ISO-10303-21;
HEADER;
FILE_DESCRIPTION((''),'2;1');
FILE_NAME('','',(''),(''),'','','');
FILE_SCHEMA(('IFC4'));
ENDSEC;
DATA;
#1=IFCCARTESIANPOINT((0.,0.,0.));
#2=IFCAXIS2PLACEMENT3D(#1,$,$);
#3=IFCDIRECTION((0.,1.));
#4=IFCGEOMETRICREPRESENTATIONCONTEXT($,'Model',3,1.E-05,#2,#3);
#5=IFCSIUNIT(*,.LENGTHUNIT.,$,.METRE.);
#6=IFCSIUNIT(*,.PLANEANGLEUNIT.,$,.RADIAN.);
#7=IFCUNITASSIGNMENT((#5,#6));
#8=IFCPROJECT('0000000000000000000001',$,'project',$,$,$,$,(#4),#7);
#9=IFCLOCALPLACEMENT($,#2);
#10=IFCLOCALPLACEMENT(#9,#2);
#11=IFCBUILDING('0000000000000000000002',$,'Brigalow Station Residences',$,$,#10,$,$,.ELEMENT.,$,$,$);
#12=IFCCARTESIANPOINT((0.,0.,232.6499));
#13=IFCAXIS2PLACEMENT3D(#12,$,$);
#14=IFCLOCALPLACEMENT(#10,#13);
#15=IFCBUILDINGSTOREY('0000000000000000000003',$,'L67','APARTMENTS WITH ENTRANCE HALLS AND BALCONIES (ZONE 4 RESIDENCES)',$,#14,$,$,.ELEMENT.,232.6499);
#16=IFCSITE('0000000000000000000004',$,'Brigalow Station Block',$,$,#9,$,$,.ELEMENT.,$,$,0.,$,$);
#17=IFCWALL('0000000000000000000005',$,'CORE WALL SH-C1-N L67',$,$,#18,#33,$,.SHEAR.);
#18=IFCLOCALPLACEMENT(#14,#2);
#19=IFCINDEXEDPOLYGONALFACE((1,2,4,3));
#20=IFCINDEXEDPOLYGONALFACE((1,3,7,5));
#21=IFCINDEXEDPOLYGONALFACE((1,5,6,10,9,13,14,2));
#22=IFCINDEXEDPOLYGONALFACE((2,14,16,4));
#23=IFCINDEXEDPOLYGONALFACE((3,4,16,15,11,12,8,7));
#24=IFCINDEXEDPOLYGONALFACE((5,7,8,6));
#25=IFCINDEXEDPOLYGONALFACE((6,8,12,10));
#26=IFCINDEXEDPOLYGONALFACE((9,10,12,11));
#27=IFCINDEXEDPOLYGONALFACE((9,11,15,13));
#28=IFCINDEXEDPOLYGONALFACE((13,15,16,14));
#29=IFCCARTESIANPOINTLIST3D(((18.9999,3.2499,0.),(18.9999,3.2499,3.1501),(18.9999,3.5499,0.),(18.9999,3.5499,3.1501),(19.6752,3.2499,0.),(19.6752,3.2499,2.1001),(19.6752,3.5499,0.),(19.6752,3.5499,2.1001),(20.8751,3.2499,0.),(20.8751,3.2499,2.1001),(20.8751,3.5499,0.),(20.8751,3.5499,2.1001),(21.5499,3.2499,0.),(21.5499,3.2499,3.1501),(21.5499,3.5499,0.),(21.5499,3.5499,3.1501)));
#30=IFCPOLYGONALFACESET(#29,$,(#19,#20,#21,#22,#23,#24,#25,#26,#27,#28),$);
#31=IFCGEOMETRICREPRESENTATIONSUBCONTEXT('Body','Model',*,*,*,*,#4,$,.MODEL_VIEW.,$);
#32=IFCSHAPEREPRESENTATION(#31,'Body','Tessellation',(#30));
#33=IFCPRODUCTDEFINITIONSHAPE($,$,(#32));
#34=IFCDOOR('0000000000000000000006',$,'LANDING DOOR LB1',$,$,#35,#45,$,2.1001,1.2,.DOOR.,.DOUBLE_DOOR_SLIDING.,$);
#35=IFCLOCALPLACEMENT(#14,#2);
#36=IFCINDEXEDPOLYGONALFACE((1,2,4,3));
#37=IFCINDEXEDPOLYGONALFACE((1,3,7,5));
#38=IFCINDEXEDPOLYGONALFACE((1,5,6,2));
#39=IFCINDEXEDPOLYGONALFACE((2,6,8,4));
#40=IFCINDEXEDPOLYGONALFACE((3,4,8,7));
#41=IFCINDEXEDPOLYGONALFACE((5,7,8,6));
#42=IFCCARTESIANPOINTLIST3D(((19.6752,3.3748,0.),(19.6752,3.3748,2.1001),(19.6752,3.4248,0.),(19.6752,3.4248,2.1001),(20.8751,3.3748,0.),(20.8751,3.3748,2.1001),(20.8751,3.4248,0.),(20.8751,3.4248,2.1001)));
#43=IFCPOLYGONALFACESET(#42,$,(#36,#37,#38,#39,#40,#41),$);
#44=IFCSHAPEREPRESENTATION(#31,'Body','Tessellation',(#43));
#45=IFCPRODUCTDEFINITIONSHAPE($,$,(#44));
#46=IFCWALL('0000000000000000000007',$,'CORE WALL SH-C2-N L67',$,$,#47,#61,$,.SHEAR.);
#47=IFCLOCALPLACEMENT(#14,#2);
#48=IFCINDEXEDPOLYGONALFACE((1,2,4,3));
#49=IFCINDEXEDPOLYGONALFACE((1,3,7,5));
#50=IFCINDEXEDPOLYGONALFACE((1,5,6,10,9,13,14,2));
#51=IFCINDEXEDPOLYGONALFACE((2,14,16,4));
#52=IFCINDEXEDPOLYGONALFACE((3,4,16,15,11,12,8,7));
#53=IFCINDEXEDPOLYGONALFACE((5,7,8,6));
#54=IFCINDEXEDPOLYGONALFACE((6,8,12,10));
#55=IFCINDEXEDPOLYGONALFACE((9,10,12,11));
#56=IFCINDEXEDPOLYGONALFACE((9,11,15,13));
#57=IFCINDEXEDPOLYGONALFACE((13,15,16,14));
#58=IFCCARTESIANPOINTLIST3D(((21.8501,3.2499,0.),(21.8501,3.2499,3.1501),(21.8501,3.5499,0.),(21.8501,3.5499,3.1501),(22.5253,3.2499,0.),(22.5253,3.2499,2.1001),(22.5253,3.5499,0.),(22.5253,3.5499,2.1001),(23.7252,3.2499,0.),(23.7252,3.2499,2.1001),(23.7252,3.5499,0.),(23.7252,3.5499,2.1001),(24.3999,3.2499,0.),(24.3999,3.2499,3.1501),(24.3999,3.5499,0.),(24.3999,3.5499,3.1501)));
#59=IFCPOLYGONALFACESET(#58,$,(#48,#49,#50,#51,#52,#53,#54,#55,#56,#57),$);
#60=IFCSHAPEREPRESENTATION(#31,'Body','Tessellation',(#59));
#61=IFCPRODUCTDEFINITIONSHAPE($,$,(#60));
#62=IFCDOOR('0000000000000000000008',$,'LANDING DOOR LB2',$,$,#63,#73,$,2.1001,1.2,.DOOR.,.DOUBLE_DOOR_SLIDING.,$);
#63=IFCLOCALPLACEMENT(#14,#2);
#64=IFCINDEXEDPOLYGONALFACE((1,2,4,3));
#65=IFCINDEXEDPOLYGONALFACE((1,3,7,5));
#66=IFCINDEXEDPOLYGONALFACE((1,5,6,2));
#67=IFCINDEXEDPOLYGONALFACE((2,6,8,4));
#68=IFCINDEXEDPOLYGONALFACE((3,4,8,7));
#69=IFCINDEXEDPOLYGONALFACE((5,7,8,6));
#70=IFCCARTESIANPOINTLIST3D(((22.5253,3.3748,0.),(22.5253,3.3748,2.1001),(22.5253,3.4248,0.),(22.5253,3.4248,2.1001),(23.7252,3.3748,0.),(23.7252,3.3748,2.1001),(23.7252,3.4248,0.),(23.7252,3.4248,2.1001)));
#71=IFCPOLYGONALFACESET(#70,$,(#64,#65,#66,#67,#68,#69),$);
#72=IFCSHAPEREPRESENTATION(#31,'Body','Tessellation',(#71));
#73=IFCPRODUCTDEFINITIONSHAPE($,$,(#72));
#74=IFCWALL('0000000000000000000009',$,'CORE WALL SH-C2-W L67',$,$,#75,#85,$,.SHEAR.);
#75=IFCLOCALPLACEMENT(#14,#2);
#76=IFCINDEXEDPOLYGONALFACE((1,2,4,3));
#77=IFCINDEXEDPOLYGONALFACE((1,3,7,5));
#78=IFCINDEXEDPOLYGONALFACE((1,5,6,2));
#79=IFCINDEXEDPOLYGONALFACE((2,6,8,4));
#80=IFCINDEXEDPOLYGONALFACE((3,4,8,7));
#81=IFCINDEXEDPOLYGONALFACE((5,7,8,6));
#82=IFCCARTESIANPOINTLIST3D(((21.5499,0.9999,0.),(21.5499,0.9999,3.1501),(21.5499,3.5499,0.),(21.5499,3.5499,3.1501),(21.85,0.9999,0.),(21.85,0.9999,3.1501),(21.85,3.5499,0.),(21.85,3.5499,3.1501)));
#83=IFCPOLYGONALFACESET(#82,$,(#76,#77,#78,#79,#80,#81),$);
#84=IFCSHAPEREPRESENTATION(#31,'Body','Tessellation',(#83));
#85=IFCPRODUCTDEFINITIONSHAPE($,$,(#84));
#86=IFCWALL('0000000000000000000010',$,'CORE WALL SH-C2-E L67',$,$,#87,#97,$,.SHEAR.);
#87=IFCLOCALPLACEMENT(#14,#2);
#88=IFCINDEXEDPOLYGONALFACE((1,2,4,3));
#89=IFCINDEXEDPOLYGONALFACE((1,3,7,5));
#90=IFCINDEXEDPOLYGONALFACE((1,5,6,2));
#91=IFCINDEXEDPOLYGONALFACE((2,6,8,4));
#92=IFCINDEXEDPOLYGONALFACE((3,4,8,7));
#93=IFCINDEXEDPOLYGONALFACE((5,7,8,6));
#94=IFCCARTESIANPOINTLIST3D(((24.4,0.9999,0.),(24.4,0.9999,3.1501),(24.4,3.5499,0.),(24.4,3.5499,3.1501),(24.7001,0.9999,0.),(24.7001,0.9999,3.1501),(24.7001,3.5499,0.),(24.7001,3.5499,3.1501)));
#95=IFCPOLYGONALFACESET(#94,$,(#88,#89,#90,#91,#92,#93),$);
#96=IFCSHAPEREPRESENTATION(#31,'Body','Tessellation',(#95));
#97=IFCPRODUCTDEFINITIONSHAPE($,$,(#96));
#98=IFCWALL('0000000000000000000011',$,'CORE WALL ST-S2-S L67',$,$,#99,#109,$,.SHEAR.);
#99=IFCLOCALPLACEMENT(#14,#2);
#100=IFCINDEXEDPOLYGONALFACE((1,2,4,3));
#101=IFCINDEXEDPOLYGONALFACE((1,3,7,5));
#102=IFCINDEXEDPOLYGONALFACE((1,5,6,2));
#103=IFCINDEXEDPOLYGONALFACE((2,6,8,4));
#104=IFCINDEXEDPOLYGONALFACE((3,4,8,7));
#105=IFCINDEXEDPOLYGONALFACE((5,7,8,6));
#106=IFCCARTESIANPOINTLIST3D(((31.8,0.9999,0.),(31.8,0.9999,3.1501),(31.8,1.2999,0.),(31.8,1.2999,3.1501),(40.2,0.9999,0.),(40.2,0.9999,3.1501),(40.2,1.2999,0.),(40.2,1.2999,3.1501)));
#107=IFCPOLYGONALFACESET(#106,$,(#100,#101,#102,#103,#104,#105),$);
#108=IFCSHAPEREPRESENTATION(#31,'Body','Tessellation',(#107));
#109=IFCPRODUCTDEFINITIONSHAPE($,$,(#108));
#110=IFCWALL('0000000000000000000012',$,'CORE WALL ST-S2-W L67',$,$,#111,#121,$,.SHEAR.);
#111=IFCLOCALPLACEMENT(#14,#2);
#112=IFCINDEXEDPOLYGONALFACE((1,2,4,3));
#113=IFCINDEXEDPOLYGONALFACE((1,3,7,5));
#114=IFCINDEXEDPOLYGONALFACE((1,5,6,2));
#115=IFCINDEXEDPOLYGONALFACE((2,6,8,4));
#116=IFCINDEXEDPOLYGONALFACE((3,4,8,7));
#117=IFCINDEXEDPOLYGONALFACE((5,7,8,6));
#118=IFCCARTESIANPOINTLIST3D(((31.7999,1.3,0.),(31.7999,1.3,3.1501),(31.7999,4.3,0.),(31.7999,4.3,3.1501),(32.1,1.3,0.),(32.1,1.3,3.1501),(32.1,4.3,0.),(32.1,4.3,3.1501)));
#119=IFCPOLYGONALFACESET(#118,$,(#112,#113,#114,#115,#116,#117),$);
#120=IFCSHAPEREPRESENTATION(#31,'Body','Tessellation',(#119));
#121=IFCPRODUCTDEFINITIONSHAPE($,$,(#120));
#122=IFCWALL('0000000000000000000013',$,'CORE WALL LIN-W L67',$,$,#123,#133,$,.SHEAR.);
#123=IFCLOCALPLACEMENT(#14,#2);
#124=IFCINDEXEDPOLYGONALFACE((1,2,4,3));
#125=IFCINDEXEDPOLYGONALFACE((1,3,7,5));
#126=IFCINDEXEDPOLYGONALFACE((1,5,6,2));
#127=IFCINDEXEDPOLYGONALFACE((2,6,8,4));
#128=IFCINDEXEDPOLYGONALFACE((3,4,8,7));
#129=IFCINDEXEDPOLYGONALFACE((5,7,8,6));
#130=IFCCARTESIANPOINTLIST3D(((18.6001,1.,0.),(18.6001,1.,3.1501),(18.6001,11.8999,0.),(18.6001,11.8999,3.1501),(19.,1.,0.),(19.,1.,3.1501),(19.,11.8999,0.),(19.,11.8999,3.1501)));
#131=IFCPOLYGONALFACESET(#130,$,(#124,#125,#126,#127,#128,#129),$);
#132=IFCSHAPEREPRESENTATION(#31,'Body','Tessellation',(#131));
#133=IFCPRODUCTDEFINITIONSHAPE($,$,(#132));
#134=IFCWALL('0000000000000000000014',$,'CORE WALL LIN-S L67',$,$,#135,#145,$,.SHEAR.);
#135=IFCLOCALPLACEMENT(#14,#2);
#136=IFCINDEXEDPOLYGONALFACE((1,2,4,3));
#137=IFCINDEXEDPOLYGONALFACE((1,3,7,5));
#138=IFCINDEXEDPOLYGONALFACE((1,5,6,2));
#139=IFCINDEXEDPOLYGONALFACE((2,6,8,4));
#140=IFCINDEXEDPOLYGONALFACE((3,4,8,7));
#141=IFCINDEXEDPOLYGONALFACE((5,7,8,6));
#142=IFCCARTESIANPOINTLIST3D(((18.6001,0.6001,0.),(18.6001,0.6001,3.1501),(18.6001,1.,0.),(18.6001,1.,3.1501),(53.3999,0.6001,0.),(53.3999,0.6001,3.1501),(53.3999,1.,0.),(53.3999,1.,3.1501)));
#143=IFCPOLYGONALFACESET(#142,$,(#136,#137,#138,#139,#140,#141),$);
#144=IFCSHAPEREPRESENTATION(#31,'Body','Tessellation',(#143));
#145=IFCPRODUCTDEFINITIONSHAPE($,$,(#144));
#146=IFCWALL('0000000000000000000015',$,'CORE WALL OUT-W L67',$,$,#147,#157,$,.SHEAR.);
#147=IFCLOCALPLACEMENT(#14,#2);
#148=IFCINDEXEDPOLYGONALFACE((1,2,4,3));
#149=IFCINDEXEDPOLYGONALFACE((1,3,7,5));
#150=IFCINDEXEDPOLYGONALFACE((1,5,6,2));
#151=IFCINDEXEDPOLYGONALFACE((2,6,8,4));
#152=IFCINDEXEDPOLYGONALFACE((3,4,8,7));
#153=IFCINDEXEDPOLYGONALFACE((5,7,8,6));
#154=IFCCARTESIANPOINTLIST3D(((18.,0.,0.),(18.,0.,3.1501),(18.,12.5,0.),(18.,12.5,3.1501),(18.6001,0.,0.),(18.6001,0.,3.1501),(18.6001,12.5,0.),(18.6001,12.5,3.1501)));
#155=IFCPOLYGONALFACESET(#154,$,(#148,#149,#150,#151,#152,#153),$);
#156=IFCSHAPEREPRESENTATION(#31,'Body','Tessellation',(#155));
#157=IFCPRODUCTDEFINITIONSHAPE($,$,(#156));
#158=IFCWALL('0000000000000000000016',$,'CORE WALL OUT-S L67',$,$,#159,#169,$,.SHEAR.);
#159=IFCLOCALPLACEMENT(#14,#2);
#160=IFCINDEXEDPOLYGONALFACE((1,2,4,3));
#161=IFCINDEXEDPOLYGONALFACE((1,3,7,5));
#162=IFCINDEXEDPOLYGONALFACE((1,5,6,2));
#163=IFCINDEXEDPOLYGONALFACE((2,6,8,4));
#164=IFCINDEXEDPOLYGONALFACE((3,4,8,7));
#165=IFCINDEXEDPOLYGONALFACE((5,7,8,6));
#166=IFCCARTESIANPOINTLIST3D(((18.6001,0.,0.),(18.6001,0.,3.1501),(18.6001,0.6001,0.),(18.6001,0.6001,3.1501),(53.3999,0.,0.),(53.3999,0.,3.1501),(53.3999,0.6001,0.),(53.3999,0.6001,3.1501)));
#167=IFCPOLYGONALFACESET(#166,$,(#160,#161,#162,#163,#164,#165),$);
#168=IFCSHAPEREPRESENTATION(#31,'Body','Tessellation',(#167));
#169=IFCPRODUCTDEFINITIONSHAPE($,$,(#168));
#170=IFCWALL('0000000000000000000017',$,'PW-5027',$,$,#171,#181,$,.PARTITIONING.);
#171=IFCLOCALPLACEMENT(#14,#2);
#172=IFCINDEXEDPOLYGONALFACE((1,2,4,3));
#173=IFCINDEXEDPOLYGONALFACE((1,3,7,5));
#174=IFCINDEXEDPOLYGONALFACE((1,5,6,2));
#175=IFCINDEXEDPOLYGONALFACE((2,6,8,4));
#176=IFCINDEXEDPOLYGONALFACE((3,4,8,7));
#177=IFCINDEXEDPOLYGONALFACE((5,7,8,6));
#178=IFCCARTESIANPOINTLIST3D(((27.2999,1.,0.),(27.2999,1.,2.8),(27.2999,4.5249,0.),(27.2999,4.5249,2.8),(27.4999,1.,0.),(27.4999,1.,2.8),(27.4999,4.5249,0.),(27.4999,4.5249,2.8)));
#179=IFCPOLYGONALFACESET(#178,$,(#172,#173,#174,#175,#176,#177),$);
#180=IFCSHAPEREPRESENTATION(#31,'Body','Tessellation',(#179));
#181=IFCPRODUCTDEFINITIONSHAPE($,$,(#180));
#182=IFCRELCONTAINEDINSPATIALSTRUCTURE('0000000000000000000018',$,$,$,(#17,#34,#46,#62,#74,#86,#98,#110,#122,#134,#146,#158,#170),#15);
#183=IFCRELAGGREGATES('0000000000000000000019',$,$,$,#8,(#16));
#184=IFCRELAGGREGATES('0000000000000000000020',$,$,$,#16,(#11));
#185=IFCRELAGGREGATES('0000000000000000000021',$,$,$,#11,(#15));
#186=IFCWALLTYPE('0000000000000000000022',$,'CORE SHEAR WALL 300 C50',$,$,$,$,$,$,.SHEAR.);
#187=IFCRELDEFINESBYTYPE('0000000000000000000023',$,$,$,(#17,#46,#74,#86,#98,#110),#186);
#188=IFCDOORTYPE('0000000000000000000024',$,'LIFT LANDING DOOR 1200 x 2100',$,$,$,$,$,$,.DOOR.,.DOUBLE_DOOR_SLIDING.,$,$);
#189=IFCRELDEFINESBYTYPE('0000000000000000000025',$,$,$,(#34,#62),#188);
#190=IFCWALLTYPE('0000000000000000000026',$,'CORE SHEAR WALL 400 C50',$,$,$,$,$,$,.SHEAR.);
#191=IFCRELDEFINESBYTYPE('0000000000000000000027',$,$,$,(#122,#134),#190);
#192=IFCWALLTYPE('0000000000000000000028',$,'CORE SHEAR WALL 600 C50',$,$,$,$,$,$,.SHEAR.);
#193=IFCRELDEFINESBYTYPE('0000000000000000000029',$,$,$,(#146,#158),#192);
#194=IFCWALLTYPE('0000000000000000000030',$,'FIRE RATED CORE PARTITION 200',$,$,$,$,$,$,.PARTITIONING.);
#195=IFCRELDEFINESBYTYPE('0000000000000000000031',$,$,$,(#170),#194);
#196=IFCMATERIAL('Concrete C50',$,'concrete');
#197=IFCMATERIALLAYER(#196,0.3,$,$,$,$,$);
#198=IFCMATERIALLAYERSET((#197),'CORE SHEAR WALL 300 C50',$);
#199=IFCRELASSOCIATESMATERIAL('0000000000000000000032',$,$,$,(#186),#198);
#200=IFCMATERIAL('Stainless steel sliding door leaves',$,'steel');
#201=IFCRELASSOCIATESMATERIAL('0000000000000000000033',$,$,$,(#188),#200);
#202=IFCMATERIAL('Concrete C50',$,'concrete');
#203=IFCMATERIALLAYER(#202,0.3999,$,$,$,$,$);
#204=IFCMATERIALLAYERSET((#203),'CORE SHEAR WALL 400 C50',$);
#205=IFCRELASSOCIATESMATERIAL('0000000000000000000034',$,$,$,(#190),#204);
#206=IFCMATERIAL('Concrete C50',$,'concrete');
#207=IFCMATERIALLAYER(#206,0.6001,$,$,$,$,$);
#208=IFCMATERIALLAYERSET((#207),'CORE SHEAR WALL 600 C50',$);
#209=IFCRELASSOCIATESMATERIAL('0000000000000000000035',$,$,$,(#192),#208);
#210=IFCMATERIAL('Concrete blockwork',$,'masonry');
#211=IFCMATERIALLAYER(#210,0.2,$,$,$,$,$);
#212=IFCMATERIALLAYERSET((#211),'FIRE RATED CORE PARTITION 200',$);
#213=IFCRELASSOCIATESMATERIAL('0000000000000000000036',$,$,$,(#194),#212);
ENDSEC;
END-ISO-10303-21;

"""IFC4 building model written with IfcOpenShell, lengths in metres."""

from ifc_helpers import new_model, si_unit, direction, frame, frame_2d, origin, place, context, subcontext, project, spatial, rectangle, extrude, material, layer, layer_set, type_object, element, fill, save


model = new_model("IFC4")

# Units and contexts
model_context = context("Model", 3, precision=1e-05, world=origin(), true_north=direction((0.0, 1.0)))
body_context = subcontext(model_context, "Body", "Model", "MODEL_VIEW")
ifc_project = project(units=[si_unit("LENGTHUNIT", "METRE"), si_unit("PLANEANGLEUNIT", "RADIAN")], contexts=[model_context])

# Site, building, storey
site_placement = place(None, origin())
site = spatial("IfcSite", under=ifc_project, at=site_placement, Name="Brigalow Station Block", CompositionType="ELEMENT", RefElevation=0.0)
building_placement = place(site_placement, origin())
building = spatial("IfcBuilding", under=site, at=building_placement, Name="Brigalow Station Residences", CompositionType="ELEMENT")
storey_placement = place(building_placement, frame((0.0, 0.0, 232.6499)))
storey = spatial("IfcBuildingStorey", under=building, at=storey_placement, Name="L67", Description="APARTMENTS WITH ENTRANCE HALLS AND BALCONIES (ZONE 4 RESIDENCES)", CompositionType="ELEMENT", Elevation=232.6499)

# Walls, openings, doors
ifc_material_1 = material(Name="Concrete C50", Category="concrete")
ifc_layer_1 = layer(ifc_material_1, 0.3)
ifc_layer_set_1 = layer_set([ifc_layer_1], Name="CORE SHEAR WALL 300 C50")
wall_type_1 = type_object("IfcWallType", Name="CORE SHEAR WALL 300 C50", PredefinedType="SHEAR", material=ifc_layer_set_1)
wall_1_placement = place(storey_placement, frame((19.0, 3.3999, 0.0), z_axis=(0.0, 0.0, 1.0), x_axis=(1.0, 0.0, 0.0)))
wall_1 = element("IfcWall", 1, at=wall_1_placement, inside=storey, type_object=wall_type_1, Name="CORE WALL SH-C1-N L67", PredefinedType="SHEAR", context=body_context, shape_type="SweptSolid", body=[
    extrude(rectangle(XDim=2.55, YDim=0.3, at=frame_2d((1.2749, 0.0))), origin(), (0.0, 0.0, 1.0), 3.1501),
])
opening_1_placement = place(wall_1_placement, frame((0.675, 0.0, 0.0)))
opening_1 = element("IfcOpeningElement", 2, at=opening_1_placement, cuts=wall_1, PredefinedType="OPENING", context=body_context, shape_type="SweptSolid", body=[
    extrude(rectangle(XDim=1.2, YDim=2.1001, at=frame_2d((0.6001, 1.05))), frame((0.0, 0.1602, 0.0), z_axis=(0.0, -1.0, 0.0), x_axis=(1.0, 0.0, 0.0)), (0.0, 0.0, 1.0), 0.3201),
])
ifc_material_2 = material(Name="Stainless steel sliding door leaves", Category="steel")
door_type = type_object("IfcDoorType", Name="LIFT LANDING DOOR 1200 x 2100", OperationType="DOUBLE_DOOR_SLIDING", PredefinedType="DOOR", material=ifc_material_2)
door_1_placement = place(opening_1_placement, origin())
door_1 = element("IfcDoor", 3, at=door_1_placement, inside=storey, type_object=door_type, Name="LANDING DOOR LB1", OperationType="DOUBLE_DOOR_SLIDING", OverallHeight=2.1001, OverallWidth=1.2, PredefinedType="DOOR", context=body_context, shape_type="SweptSolid", body=[
    extrude(rectangle(XDim=1.2, YDim=2.1001, at=frame_2d((0.6001, 1.05))), frame((0.0, 0.0249, 0.0), z_axis=(0.0, -1.0, 0.0), x_axis=(1.0, 0.0, 0.0)), (0.0, 0.0, 1.0), 0.05),
])
fill(opening_1, door_1)
wall_2_placement = place(storey_placement, frame((21.8501, 3.3999, 0.0), z_axis=(0.0, 0.0, 1.0), x_axis=(1.0, 0.0, 0.0)))
wall_2 = element("IfcWall", 4, at=wall_2_placement, inside=storey, type_object=wall_type_1, Name="CORE WALL SH-C2-N L67", PredefinedType="SHEAR", context=body_context, shape_type="SweptSolid", body=[
    extrude(rectangle(XDim=2.5498, YDim=0.3, at=frame_2d((1.2749, 0.0))), origin(), (0.0, 0.0, 1.0), 3.1501),
])
opening_2_placement = place(wall_2_placement, frame((0.675, 0.0, 0.0)))
opening_2 = element("IfcOpeningElement", 5, at=opening_2_placement, cuts=wall_2, PredefinedType="OPENING", context=body_context, shape_type="SweptSolid", body=[
    extrude(rectangle(XDim=1.2, YDim=2.1001, at=frame_2d((0.6001, 1.05))), frame((0.0, 0.1602, 0.0), z_axis=(0.0, -1.0, 0.0), x_axis=(1.0, 0.0, 0.0)), (0.0, 0.0, 1.0), 0.3201),
])
door_2_placement = place(opening_2_placement, origin())
door_2 = element("IfcDoor", 6, at=door_2_placement, inside=storey, type_object=door_type, Name="LANDING DOOR LB2", OperationType="DOUBLE_DOOR_SLIDING", OverallHeight=2.1001, OverallWidth=1.2, PredefinedType="DOOR", context=body_context, shape_type="SweptSolid", body=[
    extrude(rectangle(XDim=1.2, YDim=2.1001, at=frame_2d((0.6001, 1.05))), frame((0.0, 0.0249, 0.0), z_axis=(0.0, -1.0, 0.0), x_axis=(1.0, 0.0, 0.0)), (0.0, 0.0, 1.0), 0.05),
])
fill(opening_2, door_2)

# Walls
for number, where, z_axis, x_axis, name in (
    (7, (21.7, 1.0, 0.0), (0.0, 0.0, 1.0), (0.0, 1.0, 0.0), "CORE WALL SH-C2-W L67"),
    (8, (24.55, 1.0, 0.0), (0.0, 0.0, 1.0), (0.0, 1.0, 0.0), "CORE WALL SH-C2-E L67"),
):
    element("IfcWall", number, at=place(storey_placement, frame(where, z_axis=z_axis, x_axis=x_axis)), inside=storey, type_object=wall_type_1, Name=name, PredefinedType="SHEAR", context=body_context, shape_type="SweptSolid", body=[
        extrude(rectangle(XDim=2.55, YDim=0.3, at=frame_2d((1.2749, 0.0))), origin(), (0.0, 0.0, 1.0), 3.1501),
    ])
wall_3_placement = place(storey_placement, frame((31.8, 1.1499, 0.0), z_axis=(0.0, 0.0, 1.0), x_axis=(1.0, 0.0, 0.0)))
element("IfcWall", 9, at=wall_3_placement, inside=storey, type_object=wall_type_1, Name="CORE WALL ST-S2-S L67", PredefinedType="SHEAR", context=body_context, shape_type="SweptSolid", body=[
    extrude(rectangle(XDim=8.3999, YDim=0.3, at=frame_2d((4.2, 0.0))), origin(), (0.0, 0.0, 1.0), 3.1501),
])
wall_4_placement = place(storey_placement, frame((31.95, 1.3, 0.0), z_axis=(0.0, 0.0, 1.0), x_axis=(0.0, 1.0, 0.0)))
element("IfcWall", 10, at=wall_4_placement, inside=storey, type_object=wall_type_1, Name="CORE WALL ST-S2-W L67", PredefinedType="SHEAR", context=body_context, shape_type="SweptSolid", body=[
    extrude(rectangle(XDim=3.0, YDim=0.3, at=frame_2d((1.5, 0.0))), origin(), (0.0, 0.0, 1.0), 3.1501),
])
ifc_material_3 = material(Name="Concrete C50", Category="concrete")
ifc_layer_2 = layer(ifc_material_3, 0.3999)
ifc_layer_set_2 = layer_set([ifc_layer_2], Name="CORE SHEAR WALL 400 C50")
wall_type_2 = type_object("IfcWallType", Name="CORE SHEAR WALL 400 C50", PredefinedType="SHEAR", material=ifc_layer_set_2)
wall_5_placement = place(storey_placement, frame((18.8, 1.0, 0.0), z_axis=(0.0, 0.0, 1.0), x_axis=(0.0, 1.0, 0.0)))
element("IfcWall", 11, at=wall_5_placement, inside=storey, type_object=wall_type_2, Name="CORE WALL LIN-W L67", PredefinedType="SHEAR", context=body_context, shape_type="SweptSolid", body=[
    extrude(rectangle(XDim=10.8999, YDim=0.3999, at=frame_2d((5.45, 0.0))), origin(), (0.0, 0.0, 1.0), 3.1501),
])
wall_6_placement = place(storey_placement, frame((18.6001, 0.8, 0.0), z_axis=(0.0, 0.0, 1.0), x_axis=(1.0, 0.0, 0.0)))
element("IfcWall", 12, at=wall_6_placement, inside=storey, type_object=wall_type_2, Name="CORE WALL LIN-S L67", PredefinedType="SHEAR", context=body_context, shape_type="SweptSolid", body=[
    extrude(rectangle(XDim=34.7998, YDim=0.3999, at=frame_2d((17.3999, 0.0))), origin(), (0.0, 0.0, 1.0), 3.1501),
])
ifc_material_4 = material(Name="Concrete C50", Category="concrete")
ifc_layer_3 = layer(ifc_material_4, 0.6001)
ifc_layer_set_3 = layer_set([ifc_layer_3], Name="CORE SHEAR WALL 600 C50")
wall_type_3 = type_object("IfcWallType", Name="CORE SHEAR WALL 600 C50", PredefinedType="SHEAR", material=ifc_layer_set_3)
wall_7_placement = place(storey_placement, frame((18.3, 0.0, 0.0), z_axis=(0.0, 0.0, 1.0), x_axis=(0.0, 1.0, 0.0)))
element("IfcWall", 13, at=wall_7_placement, inside=storey, type_object=wall_type_3, Name="CORE WALL OUT-W L67", PredefinedType="SHEAR", context=body_context, shape_type="SweptSolid", body=[
    extrude(rectangle(XDim=12.5, YDim=0.6001, at=frame_2d((6.25, 0.0))), origin(), (0.0, 0.0, 1.0), 3.1501),
])
wall_8_placement = place(storey_placement, frame((18.6001, 0.3, 0.0), z_axis=(0.0, 0.0, 1.0), x_axis=(1.0, 0.0, 0.0)))
element("IfcWall", 14, at=wall_8_placement, inside=storey, type_object=wall_type_3, Name="CORE WALL OUT-S L67", PredefinedType="SHEAR", context=body_context, shape_type="SweptSolid", body=[
    extrude(rectangle(XDim=34.7998, YDim=0.6001, at=frame_2d((17.3999, 0.0))), origin(), (0.0, 0.0, 1.0), 3.1501),
])
ifc_material_5 = material(Name="Concrete blockwork", Category="masonry")
ifc_layer_4 = layer(ifc_material_5, 0.2)
ifc_layer_set_4 = layer_set([ifc_layer_4], Name="FIRE RATED CORE PARTITION 200")
wall_type_4 = type_object("IfcWallType", Name="FIRE RATED CORE PARTITION 200", PredefinedType="PARTITIONING", material=ifc_layer_set_4)
wall_9_placement = place(storey_placement, frame((27.3999, 1.0, 0.0), z_axis=(0.0, 0.0, 1.0), x_axis=(0.0, 1.0, 0.0)))
element("IfcWall", 15, at=wall_9_placement, inside=storey, type_object=wall_type_4, Name="PW-5027", PredefinedType="PARTITIONING", context=body_context, shape_type="SweptSolid", body=[
    extrude(rectangle(XDim=3.5249, YDim=0.2, at=frame_2d((1.7625, 0.0))), origin(), (0.0, 0.0, 1.0), 2.8),
])

save(model, "model.ifc")
